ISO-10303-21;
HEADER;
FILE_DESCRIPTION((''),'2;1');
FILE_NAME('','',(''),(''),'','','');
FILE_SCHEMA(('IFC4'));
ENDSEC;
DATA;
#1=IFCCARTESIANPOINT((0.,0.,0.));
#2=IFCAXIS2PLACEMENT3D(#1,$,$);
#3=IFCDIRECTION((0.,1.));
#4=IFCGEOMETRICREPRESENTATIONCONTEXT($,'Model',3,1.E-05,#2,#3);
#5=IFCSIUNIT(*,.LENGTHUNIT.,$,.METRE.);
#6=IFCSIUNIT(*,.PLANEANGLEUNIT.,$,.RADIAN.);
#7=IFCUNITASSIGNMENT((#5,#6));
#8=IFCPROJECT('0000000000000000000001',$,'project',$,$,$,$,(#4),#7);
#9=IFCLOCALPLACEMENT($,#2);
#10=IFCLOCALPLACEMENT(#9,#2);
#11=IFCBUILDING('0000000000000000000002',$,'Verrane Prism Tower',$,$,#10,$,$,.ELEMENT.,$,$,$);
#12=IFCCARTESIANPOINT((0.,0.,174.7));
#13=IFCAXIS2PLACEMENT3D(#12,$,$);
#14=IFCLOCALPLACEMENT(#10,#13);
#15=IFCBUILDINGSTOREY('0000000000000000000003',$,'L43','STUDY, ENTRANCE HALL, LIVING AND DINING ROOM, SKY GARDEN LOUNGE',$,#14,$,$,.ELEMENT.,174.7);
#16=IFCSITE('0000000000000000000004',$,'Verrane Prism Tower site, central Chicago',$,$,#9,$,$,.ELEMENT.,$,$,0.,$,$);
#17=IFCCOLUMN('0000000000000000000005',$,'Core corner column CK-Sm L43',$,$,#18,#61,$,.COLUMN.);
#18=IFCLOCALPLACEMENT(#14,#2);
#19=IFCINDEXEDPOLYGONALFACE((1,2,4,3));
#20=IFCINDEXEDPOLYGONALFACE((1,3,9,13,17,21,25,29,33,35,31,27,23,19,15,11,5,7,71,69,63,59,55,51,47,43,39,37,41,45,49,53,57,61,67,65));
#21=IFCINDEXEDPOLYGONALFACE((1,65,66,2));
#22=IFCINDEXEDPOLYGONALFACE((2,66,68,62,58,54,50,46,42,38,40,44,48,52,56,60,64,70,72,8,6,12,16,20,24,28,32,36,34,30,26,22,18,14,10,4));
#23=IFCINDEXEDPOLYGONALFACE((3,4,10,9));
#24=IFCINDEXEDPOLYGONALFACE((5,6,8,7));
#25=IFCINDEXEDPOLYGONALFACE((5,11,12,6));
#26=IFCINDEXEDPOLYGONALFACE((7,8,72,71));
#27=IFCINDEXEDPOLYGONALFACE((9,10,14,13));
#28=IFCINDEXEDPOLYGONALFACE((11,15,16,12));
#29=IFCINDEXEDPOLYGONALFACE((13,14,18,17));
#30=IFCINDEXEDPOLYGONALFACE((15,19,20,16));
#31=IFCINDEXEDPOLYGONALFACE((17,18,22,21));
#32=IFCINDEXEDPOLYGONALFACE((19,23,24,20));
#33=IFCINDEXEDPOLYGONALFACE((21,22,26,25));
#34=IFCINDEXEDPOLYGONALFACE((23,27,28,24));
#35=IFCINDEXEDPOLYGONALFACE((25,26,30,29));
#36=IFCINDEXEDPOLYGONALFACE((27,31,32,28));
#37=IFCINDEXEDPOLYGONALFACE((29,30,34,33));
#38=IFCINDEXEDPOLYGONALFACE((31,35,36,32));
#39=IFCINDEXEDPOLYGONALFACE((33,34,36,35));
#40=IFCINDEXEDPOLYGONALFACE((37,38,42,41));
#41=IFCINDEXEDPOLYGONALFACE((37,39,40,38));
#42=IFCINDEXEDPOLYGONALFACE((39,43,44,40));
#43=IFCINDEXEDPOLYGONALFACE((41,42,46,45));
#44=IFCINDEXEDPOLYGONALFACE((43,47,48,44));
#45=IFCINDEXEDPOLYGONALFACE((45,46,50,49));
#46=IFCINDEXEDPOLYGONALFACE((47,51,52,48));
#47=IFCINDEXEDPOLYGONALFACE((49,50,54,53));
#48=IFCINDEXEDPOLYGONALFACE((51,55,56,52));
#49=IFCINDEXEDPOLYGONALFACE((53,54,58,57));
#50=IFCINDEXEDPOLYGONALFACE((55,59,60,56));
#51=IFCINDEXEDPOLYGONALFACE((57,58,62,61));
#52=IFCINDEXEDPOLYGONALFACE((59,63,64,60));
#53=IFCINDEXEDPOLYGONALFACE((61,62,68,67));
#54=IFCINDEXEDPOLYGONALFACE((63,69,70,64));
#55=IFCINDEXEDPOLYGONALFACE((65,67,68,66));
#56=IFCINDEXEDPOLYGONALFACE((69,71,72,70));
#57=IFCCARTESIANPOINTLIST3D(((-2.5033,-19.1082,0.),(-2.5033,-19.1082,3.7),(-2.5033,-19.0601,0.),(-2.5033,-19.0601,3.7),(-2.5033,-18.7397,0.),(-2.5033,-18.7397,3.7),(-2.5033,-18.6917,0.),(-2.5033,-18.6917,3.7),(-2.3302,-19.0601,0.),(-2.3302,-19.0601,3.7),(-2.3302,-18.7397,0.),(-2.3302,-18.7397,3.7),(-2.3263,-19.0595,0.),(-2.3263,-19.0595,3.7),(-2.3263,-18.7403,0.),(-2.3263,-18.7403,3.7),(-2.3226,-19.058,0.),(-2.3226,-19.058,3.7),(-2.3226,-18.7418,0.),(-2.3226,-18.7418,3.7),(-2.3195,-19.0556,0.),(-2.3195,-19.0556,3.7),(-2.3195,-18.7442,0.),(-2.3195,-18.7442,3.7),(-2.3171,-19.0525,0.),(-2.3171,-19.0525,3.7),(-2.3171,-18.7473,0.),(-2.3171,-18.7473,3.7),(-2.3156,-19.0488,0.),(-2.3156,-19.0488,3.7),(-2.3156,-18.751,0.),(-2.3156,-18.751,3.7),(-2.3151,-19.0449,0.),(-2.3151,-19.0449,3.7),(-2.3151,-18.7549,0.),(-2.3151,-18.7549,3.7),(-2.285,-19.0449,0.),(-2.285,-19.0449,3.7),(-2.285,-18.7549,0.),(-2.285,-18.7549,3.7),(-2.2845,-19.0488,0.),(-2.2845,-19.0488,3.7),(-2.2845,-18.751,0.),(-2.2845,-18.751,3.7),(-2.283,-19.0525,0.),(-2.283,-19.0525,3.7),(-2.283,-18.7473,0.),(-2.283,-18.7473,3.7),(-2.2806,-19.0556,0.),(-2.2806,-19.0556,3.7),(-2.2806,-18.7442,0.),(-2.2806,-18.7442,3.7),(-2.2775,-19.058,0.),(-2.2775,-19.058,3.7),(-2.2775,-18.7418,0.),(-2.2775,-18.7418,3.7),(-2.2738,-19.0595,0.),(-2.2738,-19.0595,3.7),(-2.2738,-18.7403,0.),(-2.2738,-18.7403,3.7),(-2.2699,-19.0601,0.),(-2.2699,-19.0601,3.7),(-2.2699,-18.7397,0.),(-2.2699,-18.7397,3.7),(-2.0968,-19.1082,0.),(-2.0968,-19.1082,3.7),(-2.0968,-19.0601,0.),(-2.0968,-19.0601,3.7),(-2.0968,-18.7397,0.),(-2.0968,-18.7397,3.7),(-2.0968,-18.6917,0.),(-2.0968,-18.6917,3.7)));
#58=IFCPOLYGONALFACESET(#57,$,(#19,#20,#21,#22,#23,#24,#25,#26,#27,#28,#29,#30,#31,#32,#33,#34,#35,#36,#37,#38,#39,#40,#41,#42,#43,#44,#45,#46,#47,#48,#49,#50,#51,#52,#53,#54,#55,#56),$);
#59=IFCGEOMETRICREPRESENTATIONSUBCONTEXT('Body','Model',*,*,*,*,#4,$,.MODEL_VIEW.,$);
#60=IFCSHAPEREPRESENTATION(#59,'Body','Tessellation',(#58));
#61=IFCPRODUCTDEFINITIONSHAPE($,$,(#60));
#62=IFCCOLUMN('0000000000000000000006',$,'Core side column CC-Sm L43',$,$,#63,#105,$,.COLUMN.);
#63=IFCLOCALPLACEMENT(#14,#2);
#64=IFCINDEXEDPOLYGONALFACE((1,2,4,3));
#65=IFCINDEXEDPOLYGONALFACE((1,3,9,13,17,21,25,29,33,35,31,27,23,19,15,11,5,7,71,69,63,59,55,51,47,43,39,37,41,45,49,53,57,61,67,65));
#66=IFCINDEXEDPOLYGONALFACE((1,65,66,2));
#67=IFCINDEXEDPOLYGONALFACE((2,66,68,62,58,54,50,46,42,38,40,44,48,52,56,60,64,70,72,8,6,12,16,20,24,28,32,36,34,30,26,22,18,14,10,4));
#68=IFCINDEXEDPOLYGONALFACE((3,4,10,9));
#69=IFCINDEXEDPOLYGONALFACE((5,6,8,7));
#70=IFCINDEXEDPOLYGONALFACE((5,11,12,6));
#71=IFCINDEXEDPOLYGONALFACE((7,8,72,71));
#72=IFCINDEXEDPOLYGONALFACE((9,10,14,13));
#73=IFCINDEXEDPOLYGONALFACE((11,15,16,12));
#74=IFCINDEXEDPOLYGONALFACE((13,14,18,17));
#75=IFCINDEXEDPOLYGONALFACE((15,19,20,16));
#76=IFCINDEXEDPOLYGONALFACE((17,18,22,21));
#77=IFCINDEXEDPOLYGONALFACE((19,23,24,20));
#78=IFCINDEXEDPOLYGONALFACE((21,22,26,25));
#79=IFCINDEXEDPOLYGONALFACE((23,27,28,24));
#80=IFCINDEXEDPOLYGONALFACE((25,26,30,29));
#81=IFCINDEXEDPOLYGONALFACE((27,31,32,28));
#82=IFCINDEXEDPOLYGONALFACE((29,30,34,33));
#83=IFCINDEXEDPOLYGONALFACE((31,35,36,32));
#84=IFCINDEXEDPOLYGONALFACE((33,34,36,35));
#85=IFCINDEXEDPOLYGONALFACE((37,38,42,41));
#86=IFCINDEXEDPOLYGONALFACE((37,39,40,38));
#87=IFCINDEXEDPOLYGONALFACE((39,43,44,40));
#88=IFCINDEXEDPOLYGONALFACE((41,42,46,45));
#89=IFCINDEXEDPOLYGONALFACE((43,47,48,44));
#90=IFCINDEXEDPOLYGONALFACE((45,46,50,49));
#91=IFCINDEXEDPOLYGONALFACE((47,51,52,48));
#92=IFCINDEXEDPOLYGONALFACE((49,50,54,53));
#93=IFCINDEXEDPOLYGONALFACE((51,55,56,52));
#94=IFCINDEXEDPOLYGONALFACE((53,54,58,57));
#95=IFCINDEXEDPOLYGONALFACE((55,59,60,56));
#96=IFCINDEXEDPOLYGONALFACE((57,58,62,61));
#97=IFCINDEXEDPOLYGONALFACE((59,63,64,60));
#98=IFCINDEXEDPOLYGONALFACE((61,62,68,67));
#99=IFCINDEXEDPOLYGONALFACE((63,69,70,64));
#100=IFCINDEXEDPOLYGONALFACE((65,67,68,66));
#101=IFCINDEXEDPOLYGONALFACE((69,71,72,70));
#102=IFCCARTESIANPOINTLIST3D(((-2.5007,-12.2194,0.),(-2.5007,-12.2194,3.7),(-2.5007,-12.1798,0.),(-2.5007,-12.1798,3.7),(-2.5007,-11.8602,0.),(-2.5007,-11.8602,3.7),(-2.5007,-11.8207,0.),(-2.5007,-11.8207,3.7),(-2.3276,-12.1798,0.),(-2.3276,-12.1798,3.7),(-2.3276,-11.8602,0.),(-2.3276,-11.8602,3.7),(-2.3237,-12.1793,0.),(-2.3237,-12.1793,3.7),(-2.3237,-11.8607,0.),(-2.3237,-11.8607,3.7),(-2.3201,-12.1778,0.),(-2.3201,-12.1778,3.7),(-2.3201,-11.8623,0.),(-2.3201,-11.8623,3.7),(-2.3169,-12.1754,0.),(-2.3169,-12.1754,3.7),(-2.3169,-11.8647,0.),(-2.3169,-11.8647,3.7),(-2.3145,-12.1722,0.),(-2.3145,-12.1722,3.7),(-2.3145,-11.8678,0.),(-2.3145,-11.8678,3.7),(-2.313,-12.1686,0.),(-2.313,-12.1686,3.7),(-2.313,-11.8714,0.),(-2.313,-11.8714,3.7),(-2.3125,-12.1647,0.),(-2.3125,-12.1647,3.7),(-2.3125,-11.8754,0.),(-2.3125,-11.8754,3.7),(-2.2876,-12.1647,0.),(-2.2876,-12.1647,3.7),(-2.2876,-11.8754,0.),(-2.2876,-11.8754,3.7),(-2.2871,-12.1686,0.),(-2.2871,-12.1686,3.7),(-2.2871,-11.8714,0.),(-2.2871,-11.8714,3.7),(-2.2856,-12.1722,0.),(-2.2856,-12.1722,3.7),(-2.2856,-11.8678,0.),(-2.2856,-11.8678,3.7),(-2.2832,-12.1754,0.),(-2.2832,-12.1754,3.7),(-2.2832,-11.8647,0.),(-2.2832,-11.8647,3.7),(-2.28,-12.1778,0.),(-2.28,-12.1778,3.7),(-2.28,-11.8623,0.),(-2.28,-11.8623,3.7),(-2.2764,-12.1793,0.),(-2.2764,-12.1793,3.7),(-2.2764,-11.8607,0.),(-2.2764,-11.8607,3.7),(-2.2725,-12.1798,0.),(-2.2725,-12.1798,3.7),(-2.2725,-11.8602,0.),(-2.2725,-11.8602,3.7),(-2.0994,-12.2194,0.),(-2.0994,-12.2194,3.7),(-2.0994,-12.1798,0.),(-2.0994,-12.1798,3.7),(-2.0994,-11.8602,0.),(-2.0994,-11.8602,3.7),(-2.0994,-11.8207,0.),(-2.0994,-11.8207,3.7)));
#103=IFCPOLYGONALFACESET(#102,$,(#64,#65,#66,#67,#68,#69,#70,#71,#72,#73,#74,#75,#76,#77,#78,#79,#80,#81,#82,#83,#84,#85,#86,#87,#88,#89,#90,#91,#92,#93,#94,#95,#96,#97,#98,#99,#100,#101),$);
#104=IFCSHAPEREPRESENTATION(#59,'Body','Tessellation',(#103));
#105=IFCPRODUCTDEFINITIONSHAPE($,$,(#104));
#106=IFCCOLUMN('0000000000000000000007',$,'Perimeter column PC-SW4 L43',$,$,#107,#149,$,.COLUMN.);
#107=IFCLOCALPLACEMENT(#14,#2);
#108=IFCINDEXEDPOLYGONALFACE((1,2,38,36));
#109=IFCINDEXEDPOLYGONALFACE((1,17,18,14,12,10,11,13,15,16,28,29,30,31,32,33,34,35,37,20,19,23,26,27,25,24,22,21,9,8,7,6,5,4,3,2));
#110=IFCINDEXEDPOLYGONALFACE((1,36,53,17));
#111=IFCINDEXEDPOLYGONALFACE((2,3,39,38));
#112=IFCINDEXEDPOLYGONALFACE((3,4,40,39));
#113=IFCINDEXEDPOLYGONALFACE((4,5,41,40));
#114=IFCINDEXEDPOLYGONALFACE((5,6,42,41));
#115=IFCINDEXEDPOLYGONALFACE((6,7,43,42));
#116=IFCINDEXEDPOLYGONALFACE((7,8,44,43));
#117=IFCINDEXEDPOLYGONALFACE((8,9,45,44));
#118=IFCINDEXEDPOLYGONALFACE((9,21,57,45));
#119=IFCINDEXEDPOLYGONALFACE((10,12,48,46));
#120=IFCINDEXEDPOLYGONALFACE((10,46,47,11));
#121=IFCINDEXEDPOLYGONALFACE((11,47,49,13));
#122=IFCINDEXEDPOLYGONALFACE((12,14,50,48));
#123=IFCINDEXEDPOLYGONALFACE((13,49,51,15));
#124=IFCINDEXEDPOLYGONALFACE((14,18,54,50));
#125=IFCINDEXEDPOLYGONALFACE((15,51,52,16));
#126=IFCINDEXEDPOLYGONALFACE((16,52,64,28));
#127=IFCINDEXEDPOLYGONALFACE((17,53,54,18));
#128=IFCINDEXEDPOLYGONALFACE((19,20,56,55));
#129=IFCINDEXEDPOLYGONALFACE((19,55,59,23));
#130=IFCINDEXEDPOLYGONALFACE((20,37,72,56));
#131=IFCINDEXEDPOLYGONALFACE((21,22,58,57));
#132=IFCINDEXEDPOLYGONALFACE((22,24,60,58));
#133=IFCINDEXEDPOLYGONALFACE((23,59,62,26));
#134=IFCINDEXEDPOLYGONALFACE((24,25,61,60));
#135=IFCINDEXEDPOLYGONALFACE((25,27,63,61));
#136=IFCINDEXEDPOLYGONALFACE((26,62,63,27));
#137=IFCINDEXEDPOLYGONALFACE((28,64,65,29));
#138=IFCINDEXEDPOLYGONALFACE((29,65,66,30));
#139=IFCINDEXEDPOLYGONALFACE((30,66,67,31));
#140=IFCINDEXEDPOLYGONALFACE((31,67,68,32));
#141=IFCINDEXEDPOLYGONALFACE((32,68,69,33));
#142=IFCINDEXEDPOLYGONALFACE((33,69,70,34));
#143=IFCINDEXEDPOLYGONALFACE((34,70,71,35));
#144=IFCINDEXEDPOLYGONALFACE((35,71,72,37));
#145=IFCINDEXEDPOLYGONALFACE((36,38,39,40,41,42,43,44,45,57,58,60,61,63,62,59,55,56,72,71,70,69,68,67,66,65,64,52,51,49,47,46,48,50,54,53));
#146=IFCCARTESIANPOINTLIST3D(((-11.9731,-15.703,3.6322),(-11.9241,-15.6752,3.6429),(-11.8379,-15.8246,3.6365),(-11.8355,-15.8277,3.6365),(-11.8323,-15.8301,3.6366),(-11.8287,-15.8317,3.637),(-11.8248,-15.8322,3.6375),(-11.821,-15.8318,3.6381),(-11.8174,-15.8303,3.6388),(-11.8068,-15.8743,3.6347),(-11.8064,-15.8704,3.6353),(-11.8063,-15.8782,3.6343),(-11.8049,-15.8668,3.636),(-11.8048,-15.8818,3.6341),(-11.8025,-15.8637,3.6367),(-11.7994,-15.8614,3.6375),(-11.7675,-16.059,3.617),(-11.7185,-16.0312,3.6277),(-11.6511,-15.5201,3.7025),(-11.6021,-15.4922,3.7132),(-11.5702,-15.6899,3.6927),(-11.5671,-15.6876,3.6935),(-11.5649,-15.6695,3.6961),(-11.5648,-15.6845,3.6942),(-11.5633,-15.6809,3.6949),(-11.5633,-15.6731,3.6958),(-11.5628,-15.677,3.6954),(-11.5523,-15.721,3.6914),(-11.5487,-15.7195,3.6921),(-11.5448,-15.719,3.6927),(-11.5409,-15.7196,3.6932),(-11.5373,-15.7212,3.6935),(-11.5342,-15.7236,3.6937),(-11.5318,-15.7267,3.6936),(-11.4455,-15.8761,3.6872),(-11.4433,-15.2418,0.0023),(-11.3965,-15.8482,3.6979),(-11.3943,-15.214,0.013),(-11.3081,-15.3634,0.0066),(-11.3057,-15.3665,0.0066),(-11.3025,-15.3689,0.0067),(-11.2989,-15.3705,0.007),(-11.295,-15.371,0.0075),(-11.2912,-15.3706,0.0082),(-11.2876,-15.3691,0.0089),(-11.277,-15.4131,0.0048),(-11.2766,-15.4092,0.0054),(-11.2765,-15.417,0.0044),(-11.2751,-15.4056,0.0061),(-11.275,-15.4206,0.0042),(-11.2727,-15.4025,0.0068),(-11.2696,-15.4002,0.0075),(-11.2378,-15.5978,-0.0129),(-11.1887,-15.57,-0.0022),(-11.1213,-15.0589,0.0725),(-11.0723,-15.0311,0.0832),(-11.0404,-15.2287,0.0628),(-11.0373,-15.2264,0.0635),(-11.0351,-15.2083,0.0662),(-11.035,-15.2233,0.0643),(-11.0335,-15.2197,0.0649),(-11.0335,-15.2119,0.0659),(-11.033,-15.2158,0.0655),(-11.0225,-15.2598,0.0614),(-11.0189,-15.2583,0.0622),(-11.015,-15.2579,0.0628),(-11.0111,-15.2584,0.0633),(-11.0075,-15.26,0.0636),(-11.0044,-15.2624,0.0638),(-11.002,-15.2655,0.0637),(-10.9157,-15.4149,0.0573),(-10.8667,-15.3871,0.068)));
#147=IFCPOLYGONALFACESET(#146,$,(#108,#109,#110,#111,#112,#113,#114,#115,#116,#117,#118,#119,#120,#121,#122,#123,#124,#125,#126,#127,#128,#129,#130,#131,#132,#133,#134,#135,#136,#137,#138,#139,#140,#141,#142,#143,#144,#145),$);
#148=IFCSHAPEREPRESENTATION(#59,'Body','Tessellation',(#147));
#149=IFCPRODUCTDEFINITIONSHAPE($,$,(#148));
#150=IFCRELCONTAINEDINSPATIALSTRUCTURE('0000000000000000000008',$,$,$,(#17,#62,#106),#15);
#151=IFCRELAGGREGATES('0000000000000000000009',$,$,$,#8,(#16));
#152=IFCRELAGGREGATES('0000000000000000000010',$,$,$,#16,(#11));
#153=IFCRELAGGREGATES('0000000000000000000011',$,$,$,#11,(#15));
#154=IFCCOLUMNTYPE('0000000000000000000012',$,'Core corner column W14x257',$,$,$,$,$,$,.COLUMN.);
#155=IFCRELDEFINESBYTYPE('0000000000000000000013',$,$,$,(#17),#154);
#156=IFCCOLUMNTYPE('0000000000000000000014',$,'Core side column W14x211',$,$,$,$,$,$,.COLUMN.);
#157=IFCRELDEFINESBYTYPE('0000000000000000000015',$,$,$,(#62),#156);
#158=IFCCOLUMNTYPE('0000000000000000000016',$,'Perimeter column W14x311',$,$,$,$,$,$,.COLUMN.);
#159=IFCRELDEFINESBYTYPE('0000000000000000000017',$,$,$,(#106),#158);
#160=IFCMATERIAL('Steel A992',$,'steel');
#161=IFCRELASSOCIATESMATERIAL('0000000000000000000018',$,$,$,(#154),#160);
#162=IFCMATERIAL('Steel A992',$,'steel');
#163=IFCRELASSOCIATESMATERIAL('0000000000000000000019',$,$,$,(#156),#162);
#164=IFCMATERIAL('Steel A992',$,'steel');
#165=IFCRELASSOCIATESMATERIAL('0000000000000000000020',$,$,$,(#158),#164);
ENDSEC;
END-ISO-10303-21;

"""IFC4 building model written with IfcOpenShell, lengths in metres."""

from ifc_helpers import new_model, si_unit, direction, frame, origin, origin_2d, place, context, subcontext, project, spatial, i_section, extrude, material, material_profile, profile_set, type_object, element, save


model = new_model("IFC4")

# Units and contexts
model_context = context("Model", 3, precision=1e-05, world=origin(), true_north=direction((0.0, 1.0)))
body_context = subcontext(model_context, "Body", "Model", "MODEL_VIEW")
ifc_project = project(units=[si_unit("LENGTHUNIT", "METRE"), si_unit("PLANEANGLEUNIT", "RADIAN")], contexts=[model_context])

# Site, building, storey
site_placement = place(None, origin())
site = spatial("IfcSite", under=ifc_project, at=site_placement, Name="Verrane Prism Tower site, central Chicago", CompositionType="ELEMENT", RefElevation=0.0)
building_placement = place(site_placement, origin())
building = spatial("IfcBuilding", under=site, at=building_placement, Name="Verrane Prism Tower", CompositionType="ELEMENT")
storey_placement = place(building_placement, frame((0.0, 0.0, 174.7)))
storey = spatial("IfcBuildingStorey", under=building, at=storey_placement, Name="L43", Description="STUDY, ENTRANCE HALL, LIVING AND DINING ROOM, SKY GARDEN LOUNGE", CompositionType="ELEMENT", Elevation=174.7)

# Columns
ifc_material_1 = material(Name="Steel A992", Category="steel")
ifc_material_profile_1 = material_profile(ifc_material_1, i_section(OverallWidth=0.4065, OverallDepth=0.4165, WebThickness=0.03, FlangeThickness=0.0481, FilletRadius=0.0151, at=origin_2d()), Name="W14x257")
ifc_profile_set_1 = profile_set([ifc_material_profile_1], Name="Steel A992")
column_type_1 = type_object("IfcColumnType", Name="Core corner column W14x257", PredefinedType="COLUMN", material=ifc_profile_set_1)
column_1_placement = place(storey_placement, frame((-2.3, -18.8999, 0.0), z_axis=(0.0, 0.0, 1.0), x_axis=(-1.0, 0.0, 0.0)))
element("IfcColumn", 1, at=column_1_placement, inside=storey, type_object=column_type_1, Name="Core corner column CK-Sm L43", PredefinedType="COLUMN", context=body_context, shape_type="SweptSolid", body=[
    extrude(i_section(OverallWidth=0.4065, OverallDepth=0.4165, WebThickness=0.03, FlangeThickness=0.0481, FilletRadius=0.0151, at=origin_2d()), origin(), (0.0, 0.0, 1.0), 3.7),
])
ifc_material_2 = material(Name="Steel A992", Category="steel")
ifc_material_profile_2 = material_profile(ifc_material_2, i_section(OverallWidth=0.4014, OverallDepth=0.3987, WebThickness=0.0249, FlangeThickness=0.0396, FilletRadius=0.0151, at=origin_2d()), Name="W14x211")
ifc_profile_set_2 = profile_set([ifc_material_profile_2], Name="Steel A992")
column_type_2 = type_object("IfcColumnType", Name="Core side column W14x211", PredefinedType="COLUMN", material=ifc_profile_set_2)
column_2_placement = place(storey_placement, frame((-2.3, -12.02, 0.0), z_axis=(0.0, 0.0, 1.0), x_axis=(1.0, 0.0, 0.0)))
element("IfcColumn", 2, at=column_2_placement, inside=storey, type_object=column_type_2, Name="Core side column CC-Sm L43", PredefinedType="COLUMN", context=body_context, shape_type="SweptSolid", body=[
    extrude(i_section(OverallWidth=0.4014, OverallDepth=0.3987, WebThickness=0.0249, FlangeThickness=0.0396, FilletRadius=0.0151, at=origin_2d()), origin(), (0.0, 0.0, 1.0), 3.7),
])
ifc_material_3 = material(Name="Steel A992", Category="steel")
ifc_material_profile_3 = material_profile(ifc_material_3, i_section(OverallWidth=0.4114, OverallDepth=0.4343, WebThickness=0.0359, FlangeThickness=0.0574, FilletRadius=0.0151, at=origin_2d()), Name="W14x311")
ifc_profile_set_3 = profile_set([ifc_material_profile_3], Name="Steel A992")
column_type_3 = type_object("IfcColumnType", Name="Perimeter column W14x311", PredefinedType="COLUMN", material=ifc_profile_set_3)
column_3_placement = place(storey_placement, frame((-11.155, -15.3145, 0.0352), z_axis=(-0.143293, -0.124738, 0.981788), x_axis=(-0.499726, 0.865392, 0.037014)))
element("IfcColumn", 3, at=column_3_placement, inside=storey, type_object=column_type_3, Name="Perimeter column PC-SW4 L43", PredefinedType="COLUMN", context=body_context, shape_type="SweptSolid", body=[
    extrude(i_section(OverallWidth=0.4114, OverallDepth=0.4343, WebThickness=0.0359, FlangeThickness=0.0574, FilletRadius=0.0151, at=origin_2d()), origin(), (0.0, 0.0, 1.0), 3.6973),
])

save(model, "model.ifc")
